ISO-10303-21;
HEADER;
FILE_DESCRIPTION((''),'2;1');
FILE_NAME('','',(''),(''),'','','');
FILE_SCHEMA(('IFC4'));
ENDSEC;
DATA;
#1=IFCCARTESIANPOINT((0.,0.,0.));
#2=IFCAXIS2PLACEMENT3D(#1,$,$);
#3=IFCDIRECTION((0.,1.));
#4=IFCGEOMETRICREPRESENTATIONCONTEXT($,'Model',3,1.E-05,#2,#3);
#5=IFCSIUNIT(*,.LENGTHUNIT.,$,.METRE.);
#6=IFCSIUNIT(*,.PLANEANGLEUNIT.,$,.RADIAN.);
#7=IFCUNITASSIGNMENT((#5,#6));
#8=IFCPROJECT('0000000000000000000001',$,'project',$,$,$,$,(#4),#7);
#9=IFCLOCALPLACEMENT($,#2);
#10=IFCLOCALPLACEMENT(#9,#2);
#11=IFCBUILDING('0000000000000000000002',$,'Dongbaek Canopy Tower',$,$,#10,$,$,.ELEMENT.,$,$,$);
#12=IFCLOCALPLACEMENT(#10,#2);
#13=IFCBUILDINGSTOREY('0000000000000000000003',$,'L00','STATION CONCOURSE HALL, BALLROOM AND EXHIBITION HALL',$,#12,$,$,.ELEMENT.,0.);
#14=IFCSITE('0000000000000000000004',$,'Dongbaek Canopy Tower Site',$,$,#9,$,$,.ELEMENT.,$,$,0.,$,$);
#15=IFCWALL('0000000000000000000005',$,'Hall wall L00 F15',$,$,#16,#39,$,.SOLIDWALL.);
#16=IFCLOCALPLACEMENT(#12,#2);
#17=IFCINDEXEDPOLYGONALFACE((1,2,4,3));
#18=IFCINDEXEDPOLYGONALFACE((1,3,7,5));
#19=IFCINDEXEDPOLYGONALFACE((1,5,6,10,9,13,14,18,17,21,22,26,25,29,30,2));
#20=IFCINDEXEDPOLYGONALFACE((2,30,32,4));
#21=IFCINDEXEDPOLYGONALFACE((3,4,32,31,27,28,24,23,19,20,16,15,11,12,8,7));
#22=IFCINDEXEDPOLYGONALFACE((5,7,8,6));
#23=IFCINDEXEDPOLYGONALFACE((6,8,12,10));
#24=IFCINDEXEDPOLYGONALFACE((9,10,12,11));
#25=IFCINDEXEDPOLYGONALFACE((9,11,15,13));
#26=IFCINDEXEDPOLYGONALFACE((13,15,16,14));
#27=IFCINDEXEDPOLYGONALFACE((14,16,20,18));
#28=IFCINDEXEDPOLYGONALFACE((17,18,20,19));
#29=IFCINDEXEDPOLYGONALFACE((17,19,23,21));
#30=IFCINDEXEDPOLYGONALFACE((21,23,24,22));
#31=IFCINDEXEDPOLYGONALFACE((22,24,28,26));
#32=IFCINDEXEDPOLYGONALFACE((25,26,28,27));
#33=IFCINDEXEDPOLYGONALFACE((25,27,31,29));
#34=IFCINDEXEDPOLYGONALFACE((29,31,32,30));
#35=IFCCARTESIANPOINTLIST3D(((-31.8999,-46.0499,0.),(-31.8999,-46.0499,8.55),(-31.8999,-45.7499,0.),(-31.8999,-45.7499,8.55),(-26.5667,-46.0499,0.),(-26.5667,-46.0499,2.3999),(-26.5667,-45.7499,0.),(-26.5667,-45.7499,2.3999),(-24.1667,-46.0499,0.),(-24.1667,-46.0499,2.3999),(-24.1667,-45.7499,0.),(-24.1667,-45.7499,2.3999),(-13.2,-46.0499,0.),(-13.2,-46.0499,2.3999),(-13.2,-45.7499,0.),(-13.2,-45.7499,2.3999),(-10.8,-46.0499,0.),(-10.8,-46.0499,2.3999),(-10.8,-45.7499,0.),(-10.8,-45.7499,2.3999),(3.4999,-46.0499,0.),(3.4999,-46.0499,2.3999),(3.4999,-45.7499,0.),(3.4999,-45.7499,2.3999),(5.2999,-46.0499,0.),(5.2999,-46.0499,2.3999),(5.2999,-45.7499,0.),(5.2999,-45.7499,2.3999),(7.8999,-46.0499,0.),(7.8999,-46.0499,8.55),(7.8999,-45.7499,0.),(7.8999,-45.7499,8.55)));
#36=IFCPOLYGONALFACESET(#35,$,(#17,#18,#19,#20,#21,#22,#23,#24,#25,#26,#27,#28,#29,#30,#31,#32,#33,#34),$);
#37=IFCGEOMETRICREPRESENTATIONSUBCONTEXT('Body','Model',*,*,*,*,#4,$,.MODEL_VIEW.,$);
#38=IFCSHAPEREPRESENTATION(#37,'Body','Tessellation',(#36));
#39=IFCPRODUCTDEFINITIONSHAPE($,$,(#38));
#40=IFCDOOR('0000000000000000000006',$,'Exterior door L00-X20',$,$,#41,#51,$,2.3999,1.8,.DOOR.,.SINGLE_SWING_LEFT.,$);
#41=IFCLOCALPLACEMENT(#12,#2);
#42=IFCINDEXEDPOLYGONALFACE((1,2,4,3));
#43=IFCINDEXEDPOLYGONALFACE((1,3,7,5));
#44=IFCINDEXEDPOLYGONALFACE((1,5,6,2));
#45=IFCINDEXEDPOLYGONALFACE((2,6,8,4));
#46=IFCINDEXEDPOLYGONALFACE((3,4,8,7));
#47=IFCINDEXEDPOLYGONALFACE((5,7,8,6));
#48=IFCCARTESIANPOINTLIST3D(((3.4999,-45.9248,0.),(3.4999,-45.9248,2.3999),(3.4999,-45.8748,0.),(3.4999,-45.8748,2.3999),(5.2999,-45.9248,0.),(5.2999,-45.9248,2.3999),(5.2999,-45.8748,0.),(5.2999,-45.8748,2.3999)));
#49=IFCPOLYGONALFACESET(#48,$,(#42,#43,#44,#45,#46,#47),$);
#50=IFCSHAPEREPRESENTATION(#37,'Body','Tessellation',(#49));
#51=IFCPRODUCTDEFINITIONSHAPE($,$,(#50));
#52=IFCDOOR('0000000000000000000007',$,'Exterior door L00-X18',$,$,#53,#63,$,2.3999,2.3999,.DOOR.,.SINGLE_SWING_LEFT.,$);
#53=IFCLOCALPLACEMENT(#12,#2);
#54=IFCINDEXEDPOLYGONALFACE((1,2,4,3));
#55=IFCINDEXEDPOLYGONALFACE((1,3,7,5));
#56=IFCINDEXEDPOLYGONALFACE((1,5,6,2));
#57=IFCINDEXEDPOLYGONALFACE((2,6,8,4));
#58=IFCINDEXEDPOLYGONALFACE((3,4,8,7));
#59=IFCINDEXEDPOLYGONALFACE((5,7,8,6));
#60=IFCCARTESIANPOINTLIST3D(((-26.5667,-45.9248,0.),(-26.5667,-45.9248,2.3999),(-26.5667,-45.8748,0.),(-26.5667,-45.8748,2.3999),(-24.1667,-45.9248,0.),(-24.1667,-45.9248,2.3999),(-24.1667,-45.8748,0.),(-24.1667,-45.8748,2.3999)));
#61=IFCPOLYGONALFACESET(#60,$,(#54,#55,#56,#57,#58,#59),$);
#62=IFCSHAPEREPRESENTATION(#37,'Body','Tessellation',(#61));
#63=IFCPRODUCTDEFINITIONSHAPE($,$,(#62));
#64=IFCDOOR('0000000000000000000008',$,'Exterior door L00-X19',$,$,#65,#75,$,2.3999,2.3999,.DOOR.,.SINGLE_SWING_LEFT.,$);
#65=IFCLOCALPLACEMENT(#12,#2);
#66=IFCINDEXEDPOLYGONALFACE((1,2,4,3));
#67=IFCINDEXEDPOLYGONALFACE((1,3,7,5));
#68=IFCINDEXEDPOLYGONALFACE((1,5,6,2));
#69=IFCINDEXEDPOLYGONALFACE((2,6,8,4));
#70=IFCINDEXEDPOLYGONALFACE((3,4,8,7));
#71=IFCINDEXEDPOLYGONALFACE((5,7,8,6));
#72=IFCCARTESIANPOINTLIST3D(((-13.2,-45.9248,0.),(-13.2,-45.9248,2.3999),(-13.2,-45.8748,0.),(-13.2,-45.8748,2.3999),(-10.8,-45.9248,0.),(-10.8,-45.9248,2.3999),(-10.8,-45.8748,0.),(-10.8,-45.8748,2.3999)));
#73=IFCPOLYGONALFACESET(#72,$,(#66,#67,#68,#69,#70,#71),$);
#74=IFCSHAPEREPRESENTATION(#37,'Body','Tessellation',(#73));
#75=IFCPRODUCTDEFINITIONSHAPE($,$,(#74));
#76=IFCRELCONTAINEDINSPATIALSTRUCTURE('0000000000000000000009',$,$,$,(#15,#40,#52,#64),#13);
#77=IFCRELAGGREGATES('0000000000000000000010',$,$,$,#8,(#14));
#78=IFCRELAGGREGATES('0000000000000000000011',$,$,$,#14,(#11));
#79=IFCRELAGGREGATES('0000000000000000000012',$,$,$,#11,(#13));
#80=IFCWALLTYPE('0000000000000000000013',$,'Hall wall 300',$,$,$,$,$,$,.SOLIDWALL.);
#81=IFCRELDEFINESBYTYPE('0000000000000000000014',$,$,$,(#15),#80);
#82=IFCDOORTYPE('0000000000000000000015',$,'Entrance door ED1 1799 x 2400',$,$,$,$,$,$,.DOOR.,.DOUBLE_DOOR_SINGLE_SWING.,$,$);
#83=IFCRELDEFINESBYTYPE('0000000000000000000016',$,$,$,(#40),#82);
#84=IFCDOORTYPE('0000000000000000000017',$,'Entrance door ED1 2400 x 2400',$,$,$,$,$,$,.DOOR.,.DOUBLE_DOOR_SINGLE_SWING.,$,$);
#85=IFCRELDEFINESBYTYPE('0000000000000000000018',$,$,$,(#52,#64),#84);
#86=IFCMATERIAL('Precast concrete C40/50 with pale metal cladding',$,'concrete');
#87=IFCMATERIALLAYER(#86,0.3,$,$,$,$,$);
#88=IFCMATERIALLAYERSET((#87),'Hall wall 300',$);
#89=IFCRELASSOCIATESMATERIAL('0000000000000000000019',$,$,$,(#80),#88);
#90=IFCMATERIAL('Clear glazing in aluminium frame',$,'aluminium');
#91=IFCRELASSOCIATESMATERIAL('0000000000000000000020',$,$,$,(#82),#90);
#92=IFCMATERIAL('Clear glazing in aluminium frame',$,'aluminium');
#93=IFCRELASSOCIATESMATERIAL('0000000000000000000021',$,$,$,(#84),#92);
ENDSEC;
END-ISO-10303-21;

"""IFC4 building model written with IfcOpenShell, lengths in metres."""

from ifc_helpers import new_model, si_unit, direction, frame, frame_2d, origin, place, context, subcontext, project, spatial, rectangle, extrude, material, layer, layer_set, type_object, element, fill, save


model = new_model("IFC4")

# Units and contexts
model_context = context("Model", 3, precision=1e-05, world=origin(), true_north=direction((0.0, 1.0)))
body_context = subcontext(model_context, "Body", "Model", "MODEL_VIEW")
ifc_project = project(units=[si_unit("LENGTHUNIT", "METRE"), si_unit("PLANEANGLEUNIT", "RADIAN")], contexts=[model_context])

# Site, building, storey
site_placement = place(None, origin())
site = spatial("IfcSite", under=ifc_project, at=site_placement, Name="Dongbaek Canopy Tower Site", CompositionType="ELEMENT", RefElevation=0.0)
building_placement = place(site_placement, origin())
building = spatial("IfcBuilding", under=site, at=building_placement, Name="Dongbaek Canopy Tower", CompositionType="ELEMENT")
storey_placement = place(building_placement, origin())
storey = spatial("IfcBuildingStorey", under=building, at=storey_placement, Name="L00", Description="STATION CONCOURSE HALL, BALLROOM AND EXHIBITION HALL", CompositionType="ELEMENT", Elevation=0.0)

# Wall, openings, doors
ifc_material_1 = material(Name="Precast concrete C40/50 with pale metal cladding", Category="concrete")
ifc_layer_1 = layer(ifc_material_1, 0.3)
ifc_layer_set_1 = layer_set([ifc_layer_1], Name="Hall wall 300")
wall_type = type_object("IfcWallType", Name="Hall wall 300", PredefinedType="SOLIDWALL", material=ifc_layer_set_1)
wall_placement = place(storey_placement, frame((7.8999, -45.8999, 0.0), z_axis=(0.0, 0.0, 1.0), x_axis=(-1.0, 0.0, 0.0)))
wall = element("IfcWall", 1, at=wall_placement, inside=storey, type_object=wall_type, Name="Hall wall L00 F15", PredefinedType="SOLIDWALL", context=body_context, shape_type="SweptSolid", body=[
    extrude(rectangle(XDim=39.7998, YDim=0.3, at=frame_2d((19.8999, 0.0))), origin(), (0.0, 0.0, 1.0), 8.55),
])
opening_1_placement = place(wall_placement, frame((32.0667, 0.0, 0.0)))
opening_1 = element("IfcOpeningElement", 2, at=opening_1_placement, cuts=wall, PredefinedType="OPENING", context=body_context, shape_type="SweptSolid", body=[
    extrude(rectangle(XDim=2.3999, YDim=2.3999, at=frame_2d((1.2, 1.2))), frame((0.0, 0.1599, 0.0), z_axis=(0.0, -1.0, 0.0), x_axis=(1.0, 0.0, 0.0)), (0.0, 0.0, 1.0), 0.3201),
])
opening_2_placement = place(wall_placement, frame((18.7, 0.0, 0.0)))
opening_2 = element("IfcOpeningElement", 3, at=opening_2_placement, cuts=wall, PredefinedType="OPENING", context=body_context, shape_type="SweptSolid", body=[
    extrude(rectangle(XDim=2.3999, YDim=2.3999, at=frame_2d((1.2, 1.2))), frame((0.0, 0.1599, 0.0), z_axis=(0.0, -1.0, 0.0), x_axis=(1.0, 0.0, 0.0)), (0.0, 0.0, 1.0), 0.3201),
])
opening_3_placement = place(wall_placement, frame((2.6001, 0.0, 0.0)))
opening_3 = element("IfcOpeningElement", 4, at=opening_3_placement, cuts=wall, PredefinedType="OPENING", context=body_context, shape_type="SweptSolid", body=[
    extrude(rectangle(XDim=1.8, YDim=2.3999, at=frame_2d((0.8999, 1.2))), frame((0.0, 0.1599, 0.0), z_axis=(0.0, -1.0, 0.0), x_axis=(1.0, 0.0, 0.0)), (0.0, 0.0, 1.0), 0.3201),
])
ifc_material_2 = material(Name="Clear glazing in aluminium frame", Category="aluminium")
door_type_1 = type_object("IfcDoorType", Name="Entrance door ED1 1799 x 2400", OperationType="DOUBLE_DOOR_SINGLE_SWING", PredefinedType="DOOR", material=ifc_material_2)
door_1_placement = place(opening_3_placement, origin())
door_1 = element("IfcDoor", 5, at=door_1_placement, inside=storey, type_object=door_type_1, Name="Exterior door L00-X20", OperationType="SINGLE_SWING_LEFT", OverallHeight=2.3999, OverallWidth=1.8, PredefinedType="DOOR", context=body_context, shape_type="SweptSolid", body=[
    extrude(rectangle(XDim=1.8, YDim=2.3999, at=frame_2d((0.8999, 1.2))), frame((0.0, 0.0249, 0.0), z_axis=(0.0, -1.0, 0.0), x_axis=(1.0, 0.0, 0.0)), (0.0, 0.0, 1.0), 0.05),
])
fill(opening_3, door_1)
ifc_material_3 = material(Name="Clear glazing in aluminium frame", Category="aluminium")
door_type_2 = type_object("IfcDoorType", Name="Entrance door ED1 2400 x 2400", OperationType="DOUBLE_DOOR_SINGLE_SWING", PredefinedType="DOOR", material=ifc_material_3)
door_2_placement = place(opening_1_placement, origin())
door_2 = element("IfcDoor", 6, at=door_2_placement, inside=storey, type_object=door_type_2, Name="Exterior door L00-X18", OperationType="SINGLE_SWING_LEFT", OverallHeight=2.3999, OverallWidth=2.3999, PredefinedType="DOOR", context=body_context, shape_type="SweptSolid", body=[
    extrude(rectangle(XDim=2.3999, YDim=2.3999, at=frame_2d((1.2, 1.2))), frame((0.0, 0.0249, 0.0), z_axis=(0.0, -1.0, 0.0), x_axis=(1.0, 0.0, 0.0)), (0.0, 0.0, 1.0), 0.05),
])
fill(opening_1, door_2)
door_3_placement = place(opening_2_placement, origin())
door_3 = element("IfcDoor", 7, at=door_3_placement, inside=storey, type_object=door_type_2, Name="Exterior door L00-X19", OperationType="SINGLE_SWING_LEFT", OverallHeight=2.3999, OverallWidth=2.3999, PredefinedType="DOOR", context=body_context, shape_type="SweptSolid", body=[
    extrude(rectangle(XDim=2.3999, YDim=2.3999, at=frame_2d((1.2, 1.2))), frame((0.0, 0.0249, 0.0), z_axis=(0.0, -1.0, 0.0), x_axis=(1.0, 0.0, 0.0)), (0.0, 0.0, 1.0), 0.05),
])
fill(opening_2, door_3)

save(model, "model.ifc")
